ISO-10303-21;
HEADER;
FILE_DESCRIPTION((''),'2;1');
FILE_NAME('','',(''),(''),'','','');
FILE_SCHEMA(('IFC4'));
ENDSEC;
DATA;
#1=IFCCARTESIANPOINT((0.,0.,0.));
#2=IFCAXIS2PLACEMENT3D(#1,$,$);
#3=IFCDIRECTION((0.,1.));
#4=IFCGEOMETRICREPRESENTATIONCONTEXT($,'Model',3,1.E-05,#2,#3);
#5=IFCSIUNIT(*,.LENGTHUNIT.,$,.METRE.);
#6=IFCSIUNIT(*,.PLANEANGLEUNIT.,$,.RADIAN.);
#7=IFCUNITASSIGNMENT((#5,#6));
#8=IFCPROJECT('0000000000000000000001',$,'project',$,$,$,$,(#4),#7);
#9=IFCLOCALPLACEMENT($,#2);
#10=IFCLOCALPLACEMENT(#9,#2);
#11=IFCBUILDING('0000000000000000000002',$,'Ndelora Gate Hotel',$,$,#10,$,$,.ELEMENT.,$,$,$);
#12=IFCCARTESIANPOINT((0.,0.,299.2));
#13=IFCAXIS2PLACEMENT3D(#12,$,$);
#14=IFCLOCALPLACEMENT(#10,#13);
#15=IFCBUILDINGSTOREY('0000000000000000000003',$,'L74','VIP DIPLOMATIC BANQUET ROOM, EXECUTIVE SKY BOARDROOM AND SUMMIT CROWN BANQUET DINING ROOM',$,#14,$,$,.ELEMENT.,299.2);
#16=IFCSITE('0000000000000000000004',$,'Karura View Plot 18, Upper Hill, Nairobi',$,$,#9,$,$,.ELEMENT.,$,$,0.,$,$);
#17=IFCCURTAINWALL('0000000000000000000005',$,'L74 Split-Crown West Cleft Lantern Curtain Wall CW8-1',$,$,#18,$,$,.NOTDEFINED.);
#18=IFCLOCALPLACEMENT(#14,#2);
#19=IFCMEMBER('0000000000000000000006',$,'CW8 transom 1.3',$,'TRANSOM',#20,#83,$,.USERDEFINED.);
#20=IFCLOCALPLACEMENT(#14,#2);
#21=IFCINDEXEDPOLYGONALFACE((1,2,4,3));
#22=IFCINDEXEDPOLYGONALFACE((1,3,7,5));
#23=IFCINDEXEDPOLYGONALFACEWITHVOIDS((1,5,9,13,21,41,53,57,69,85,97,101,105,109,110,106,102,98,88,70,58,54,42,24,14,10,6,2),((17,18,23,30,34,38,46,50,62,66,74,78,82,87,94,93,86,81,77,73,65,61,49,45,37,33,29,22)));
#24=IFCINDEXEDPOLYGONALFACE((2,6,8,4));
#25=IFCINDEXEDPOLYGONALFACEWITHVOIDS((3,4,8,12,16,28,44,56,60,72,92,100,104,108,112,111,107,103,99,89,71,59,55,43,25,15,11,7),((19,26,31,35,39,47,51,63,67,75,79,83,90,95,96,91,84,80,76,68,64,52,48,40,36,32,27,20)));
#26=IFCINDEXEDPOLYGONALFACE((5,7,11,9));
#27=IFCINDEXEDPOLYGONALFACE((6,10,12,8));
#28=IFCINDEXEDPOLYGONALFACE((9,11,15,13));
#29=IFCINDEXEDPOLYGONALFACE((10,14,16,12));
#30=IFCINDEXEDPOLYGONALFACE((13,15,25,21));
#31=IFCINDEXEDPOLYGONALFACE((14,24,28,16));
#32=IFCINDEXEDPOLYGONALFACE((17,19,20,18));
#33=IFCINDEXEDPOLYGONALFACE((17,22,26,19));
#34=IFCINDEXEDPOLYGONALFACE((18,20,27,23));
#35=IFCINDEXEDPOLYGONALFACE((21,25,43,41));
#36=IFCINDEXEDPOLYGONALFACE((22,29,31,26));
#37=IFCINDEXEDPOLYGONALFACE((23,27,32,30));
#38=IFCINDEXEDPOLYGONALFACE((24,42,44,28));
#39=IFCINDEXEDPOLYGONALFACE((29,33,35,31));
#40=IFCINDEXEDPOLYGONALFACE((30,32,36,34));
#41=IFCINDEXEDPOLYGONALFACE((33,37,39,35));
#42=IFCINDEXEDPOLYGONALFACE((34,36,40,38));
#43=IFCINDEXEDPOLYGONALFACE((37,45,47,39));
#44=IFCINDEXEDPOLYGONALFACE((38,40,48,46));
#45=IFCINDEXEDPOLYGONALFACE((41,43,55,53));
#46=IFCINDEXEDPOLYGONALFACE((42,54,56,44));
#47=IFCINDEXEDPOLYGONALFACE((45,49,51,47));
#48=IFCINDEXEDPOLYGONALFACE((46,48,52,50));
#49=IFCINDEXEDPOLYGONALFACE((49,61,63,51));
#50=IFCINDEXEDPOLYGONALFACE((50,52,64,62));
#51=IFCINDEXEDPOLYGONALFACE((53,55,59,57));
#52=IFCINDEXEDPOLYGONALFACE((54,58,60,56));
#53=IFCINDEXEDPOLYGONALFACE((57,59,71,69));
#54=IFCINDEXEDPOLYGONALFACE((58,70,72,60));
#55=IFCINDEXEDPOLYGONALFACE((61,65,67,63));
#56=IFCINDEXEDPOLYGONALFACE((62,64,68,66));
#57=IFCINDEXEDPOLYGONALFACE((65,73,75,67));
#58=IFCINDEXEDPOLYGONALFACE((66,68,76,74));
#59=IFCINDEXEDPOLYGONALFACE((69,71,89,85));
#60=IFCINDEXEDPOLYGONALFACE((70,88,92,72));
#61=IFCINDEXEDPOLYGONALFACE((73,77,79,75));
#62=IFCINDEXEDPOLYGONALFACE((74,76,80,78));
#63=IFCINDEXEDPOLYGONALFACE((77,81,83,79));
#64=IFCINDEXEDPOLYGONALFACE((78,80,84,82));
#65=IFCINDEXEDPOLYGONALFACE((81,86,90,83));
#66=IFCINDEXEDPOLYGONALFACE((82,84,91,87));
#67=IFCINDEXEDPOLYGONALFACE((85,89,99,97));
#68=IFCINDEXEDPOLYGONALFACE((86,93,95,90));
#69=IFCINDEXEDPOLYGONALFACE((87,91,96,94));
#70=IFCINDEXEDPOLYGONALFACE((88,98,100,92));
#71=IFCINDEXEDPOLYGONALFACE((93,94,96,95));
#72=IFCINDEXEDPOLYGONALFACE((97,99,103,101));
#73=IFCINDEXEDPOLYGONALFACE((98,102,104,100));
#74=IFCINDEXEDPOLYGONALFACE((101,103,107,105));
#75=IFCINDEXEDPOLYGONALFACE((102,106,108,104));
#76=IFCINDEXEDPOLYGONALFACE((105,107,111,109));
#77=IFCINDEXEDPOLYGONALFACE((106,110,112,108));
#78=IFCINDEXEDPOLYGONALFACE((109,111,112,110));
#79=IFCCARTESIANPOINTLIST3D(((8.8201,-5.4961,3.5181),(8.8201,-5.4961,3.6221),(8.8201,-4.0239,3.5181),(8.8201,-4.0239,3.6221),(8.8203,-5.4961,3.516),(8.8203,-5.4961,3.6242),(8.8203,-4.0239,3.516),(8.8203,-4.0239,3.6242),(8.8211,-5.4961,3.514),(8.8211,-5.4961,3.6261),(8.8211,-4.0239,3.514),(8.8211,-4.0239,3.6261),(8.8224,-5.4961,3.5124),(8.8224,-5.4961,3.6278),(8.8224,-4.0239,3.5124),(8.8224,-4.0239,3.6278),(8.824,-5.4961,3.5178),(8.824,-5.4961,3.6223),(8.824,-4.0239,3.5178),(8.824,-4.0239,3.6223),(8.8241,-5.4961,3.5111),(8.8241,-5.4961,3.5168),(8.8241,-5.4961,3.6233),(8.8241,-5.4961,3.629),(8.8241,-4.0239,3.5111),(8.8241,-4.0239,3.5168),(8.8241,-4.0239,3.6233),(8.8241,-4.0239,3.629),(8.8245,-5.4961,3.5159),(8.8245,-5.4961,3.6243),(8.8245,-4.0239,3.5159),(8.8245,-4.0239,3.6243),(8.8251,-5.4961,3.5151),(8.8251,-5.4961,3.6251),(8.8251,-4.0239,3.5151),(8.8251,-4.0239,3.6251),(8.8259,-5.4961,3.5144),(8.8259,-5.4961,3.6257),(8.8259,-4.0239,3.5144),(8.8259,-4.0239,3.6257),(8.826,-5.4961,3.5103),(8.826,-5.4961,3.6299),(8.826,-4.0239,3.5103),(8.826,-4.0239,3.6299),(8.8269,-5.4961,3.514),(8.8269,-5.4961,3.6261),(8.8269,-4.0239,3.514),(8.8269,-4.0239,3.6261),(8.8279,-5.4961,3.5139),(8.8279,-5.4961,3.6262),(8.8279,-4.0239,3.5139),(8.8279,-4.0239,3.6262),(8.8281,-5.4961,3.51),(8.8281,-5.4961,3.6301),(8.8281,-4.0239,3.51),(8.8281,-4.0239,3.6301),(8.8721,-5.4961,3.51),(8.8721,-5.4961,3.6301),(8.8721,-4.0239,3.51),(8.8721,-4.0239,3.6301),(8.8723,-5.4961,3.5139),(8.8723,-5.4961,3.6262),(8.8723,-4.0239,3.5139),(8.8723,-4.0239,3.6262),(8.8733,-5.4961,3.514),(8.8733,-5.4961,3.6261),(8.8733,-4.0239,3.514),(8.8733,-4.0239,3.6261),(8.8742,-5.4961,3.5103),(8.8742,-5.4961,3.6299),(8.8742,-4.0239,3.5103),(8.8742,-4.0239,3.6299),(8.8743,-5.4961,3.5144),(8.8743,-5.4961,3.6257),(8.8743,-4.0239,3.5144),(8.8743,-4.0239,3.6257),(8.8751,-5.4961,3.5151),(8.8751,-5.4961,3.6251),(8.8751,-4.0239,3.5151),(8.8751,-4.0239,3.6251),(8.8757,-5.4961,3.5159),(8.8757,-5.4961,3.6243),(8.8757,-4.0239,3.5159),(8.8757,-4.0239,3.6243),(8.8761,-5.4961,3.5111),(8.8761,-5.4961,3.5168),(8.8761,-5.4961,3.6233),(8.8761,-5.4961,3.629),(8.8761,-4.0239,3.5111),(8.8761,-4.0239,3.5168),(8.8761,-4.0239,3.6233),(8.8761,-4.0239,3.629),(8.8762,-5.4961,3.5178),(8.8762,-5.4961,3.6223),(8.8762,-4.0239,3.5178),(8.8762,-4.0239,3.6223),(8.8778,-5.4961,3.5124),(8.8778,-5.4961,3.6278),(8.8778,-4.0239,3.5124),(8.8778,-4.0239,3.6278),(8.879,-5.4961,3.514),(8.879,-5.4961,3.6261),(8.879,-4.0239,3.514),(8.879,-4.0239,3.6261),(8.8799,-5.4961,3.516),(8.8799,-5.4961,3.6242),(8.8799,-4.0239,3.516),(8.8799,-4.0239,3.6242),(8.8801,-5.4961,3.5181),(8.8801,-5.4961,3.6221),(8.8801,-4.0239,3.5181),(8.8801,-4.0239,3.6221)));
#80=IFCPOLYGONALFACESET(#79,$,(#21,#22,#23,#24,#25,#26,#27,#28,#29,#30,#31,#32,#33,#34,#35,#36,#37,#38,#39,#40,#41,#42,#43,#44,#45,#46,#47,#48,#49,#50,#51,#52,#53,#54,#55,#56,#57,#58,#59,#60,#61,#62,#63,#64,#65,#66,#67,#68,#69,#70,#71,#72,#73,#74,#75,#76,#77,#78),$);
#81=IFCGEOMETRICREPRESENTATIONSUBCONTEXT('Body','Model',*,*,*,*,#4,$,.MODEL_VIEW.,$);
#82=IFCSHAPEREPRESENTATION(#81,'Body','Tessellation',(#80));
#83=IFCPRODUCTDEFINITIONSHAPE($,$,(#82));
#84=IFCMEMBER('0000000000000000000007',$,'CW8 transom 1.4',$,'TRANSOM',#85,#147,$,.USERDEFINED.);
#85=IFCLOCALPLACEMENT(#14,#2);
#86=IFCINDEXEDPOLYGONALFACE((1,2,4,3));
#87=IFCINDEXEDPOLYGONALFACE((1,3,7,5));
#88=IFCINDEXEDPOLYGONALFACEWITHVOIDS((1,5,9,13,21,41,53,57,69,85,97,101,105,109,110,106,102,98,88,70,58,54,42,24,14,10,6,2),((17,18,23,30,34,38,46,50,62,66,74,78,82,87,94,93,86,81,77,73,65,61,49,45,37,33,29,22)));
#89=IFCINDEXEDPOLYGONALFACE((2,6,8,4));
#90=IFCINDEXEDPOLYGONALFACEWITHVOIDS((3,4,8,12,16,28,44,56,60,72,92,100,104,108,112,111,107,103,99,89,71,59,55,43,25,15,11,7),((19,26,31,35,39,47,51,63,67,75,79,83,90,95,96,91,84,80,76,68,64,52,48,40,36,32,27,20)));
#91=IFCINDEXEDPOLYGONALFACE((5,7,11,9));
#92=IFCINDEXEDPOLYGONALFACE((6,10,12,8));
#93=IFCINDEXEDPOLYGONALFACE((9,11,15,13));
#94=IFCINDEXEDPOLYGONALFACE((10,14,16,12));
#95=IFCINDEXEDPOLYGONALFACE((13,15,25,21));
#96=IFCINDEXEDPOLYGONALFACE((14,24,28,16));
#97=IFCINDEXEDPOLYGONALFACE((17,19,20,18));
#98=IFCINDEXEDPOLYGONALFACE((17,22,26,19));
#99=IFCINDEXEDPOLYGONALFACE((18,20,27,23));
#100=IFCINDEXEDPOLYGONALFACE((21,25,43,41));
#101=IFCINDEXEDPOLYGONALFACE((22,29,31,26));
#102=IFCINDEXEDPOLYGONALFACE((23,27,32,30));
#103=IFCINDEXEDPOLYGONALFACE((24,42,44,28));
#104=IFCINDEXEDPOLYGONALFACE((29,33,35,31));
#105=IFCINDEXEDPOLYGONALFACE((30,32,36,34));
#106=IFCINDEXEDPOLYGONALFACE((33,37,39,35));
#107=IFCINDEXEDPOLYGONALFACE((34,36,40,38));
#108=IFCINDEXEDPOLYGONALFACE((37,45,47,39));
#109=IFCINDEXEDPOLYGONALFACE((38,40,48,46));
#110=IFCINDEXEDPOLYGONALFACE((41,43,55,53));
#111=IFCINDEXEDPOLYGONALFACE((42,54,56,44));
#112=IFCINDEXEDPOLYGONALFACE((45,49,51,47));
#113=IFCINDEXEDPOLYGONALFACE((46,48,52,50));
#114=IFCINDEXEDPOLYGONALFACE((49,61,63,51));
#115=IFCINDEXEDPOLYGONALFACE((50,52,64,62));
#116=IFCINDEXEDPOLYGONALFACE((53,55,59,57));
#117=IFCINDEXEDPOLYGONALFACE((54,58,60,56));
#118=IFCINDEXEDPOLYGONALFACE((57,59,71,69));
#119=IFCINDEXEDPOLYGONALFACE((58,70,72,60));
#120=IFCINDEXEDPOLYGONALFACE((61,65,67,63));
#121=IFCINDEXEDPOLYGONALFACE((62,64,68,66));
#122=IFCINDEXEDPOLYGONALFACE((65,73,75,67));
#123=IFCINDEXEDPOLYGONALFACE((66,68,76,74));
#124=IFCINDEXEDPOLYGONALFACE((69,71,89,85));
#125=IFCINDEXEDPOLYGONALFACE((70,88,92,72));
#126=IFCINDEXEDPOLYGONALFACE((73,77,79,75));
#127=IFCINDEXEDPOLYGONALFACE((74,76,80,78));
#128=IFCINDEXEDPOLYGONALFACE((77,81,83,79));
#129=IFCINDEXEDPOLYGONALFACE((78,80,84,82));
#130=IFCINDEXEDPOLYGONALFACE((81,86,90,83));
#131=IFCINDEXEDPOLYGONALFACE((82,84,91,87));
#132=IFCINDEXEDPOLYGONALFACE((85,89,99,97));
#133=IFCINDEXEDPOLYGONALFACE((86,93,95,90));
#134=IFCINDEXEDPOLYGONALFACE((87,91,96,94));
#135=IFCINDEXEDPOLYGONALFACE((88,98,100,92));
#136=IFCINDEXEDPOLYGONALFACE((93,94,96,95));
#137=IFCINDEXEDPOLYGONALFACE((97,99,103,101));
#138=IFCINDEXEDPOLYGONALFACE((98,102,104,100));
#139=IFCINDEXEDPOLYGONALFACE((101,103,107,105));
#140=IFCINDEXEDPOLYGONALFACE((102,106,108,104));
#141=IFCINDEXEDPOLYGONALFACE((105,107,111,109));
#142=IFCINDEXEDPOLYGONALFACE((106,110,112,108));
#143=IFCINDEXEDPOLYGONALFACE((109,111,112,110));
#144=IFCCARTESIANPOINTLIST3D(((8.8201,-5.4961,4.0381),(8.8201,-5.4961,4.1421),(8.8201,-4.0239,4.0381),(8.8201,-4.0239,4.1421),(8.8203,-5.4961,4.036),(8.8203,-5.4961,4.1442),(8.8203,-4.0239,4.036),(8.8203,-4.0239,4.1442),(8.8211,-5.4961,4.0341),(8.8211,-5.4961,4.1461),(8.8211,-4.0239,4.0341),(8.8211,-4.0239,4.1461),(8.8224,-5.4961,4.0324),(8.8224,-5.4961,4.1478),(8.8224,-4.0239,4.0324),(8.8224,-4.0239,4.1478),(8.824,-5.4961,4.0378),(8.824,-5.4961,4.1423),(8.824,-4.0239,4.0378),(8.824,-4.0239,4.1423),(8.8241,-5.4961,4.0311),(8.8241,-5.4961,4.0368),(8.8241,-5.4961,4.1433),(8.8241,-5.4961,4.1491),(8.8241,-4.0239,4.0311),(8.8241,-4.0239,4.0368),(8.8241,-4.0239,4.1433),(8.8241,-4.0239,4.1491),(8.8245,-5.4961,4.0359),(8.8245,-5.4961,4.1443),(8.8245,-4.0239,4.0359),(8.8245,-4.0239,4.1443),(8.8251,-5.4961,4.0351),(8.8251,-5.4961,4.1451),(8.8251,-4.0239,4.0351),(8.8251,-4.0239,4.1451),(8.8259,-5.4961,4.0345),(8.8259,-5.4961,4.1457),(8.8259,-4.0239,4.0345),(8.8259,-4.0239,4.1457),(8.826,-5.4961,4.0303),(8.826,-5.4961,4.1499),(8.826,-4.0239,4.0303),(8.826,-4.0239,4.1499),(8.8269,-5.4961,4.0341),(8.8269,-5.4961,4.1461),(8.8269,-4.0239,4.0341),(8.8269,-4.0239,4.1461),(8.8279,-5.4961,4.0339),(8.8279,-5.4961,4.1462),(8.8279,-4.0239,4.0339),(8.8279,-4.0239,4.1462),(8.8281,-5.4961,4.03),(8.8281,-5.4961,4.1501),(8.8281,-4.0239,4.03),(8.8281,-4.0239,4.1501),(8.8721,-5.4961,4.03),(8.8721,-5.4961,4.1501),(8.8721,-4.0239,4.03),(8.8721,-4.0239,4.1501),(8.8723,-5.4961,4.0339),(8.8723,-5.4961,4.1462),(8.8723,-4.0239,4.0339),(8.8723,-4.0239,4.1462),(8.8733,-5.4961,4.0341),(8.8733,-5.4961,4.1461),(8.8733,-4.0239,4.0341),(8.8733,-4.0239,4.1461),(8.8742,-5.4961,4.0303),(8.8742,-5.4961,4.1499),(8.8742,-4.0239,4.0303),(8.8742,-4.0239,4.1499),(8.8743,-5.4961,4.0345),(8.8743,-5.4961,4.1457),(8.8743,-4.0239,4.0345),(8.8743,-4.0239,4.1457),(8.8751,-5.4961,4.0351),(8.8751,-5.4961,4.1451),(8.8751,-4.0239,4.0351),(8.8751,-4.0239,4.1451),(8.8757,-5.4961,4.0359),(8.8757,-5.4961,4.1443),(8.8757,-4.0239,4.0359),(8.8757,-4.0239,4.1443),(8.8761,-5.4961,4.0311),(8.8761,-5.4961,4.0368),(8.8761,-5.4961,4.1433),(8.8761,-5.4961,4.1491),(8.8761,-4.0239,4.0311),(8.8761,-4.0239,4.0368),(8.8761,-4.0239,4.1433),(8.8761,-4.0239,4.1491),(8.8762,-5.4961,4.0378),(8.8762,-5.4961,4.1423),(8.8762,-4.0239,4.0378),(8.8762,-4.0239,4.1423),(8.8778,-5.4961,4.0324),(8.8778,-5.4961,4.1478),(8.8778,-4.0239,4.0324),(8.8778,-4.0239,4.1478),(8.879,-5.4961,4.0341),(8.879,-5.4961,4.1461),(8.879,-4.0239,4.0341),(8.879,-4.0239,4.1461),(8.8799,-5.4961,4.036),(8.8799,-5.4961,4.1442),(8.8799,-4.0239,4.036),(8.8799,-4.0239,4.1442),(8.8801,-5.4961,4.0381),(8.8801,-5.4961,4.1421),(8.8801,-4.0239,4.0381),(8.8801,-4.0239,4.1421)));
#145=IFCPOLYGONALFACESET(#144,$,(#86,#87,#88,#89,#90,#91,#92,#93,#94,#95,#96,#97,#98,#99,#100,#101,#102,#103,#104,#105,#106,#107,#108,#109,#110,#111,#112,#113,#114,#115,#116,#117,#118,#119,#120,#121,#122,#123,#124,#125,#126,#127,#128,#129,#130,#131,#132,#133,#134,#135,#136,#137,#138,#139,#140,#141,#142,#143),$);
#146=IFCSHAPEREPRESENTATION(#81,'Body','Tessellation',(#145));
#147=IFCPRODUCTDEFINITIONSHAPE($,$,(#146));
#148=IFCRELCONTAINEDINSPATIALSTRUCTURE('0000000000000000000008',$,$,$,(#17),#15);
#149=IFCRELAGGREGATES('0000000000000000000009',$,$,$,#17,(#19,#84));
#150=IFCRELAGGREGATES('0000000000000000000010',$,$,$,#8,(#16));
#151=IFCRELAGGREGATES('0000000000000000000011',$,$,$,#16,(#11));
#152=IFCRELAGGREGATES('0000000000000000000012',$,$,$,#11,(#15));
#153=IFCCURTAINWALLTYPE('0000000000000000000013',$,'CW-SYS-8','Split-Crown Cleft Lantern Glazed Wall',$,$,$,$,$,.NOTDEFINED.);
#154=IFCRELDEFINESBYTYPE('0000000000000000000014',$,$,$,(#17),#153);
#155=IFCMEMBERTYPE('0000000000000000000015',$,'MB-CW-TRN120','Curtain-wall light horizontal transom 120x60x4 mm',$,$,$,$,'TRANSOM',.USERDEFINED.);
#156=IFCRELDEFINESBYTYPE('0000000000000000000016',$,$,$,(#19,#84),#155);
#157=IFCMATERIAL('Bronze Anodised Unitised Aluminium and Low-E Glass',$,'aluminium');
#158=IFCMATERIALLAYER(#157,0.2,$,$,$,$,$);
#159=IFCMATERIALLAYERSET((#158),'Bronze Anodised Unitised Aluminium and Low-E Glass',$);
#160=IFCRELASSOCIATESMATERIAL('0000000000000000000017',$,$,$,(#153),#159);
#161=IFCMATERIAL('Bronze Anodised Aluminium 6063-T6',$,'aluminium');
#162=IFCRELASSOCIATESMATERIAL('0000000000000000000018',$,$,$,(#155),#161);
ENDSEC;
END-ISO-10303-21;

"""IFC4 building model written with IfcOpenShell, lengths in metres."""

from ifc_helpers import new_model, si_unit, direction, frame, origin, origin_2d, place, context, subcontext, project, spatial, hollow_rectangle, extrude, material, layer, layer_set, material_profile, profile_set, type_object, element, aggregate, save


model = new_model("IFC4")

# Units and contexts
model_context = context("Model", 3, precision=1e-05, world=origin(), true_north=direction((0.0, 1.0)))
body_context = subcontext(model_context, "Body", "Model", "MODEL_VIEW")
ifc_project = project(units=[si_unit("LENGTHUNIT", "METRE"), si_unit("PLANEANGLEUNIT", "RADIAN")], contexts=[model_context])

# Site, building, storey
site_placement = place(None, origin())
site = spatial("IfcSite", under=ifc_project, at=site_placement, Name="Karura View Plot 18, Upper Hill, Nairobi", CompositionType="ELEMENT", RefElevation=0.0)
building_placement = place(site_placement, origin())
building = spatial("IfcBuilding", under=site, at=building_placement, Name="Ndelora Gate Hotel", CompositionType="ELEMENT")
storey_placement = place(building_placement, frame((0.0, 0.0, 299.2)))
storey = spatial("IfcBuildingStorey", under=building, at=storey_placement, Name="L74", Description="VIP DIPLOMATIC BANQUET ROOM, EXECUTIVE SKY BOARDROOM AND SUMMIT CROWN BANQUET DINING ROOM", CompositionType="ELEMENT", Elevation=299.2)

# Curtain wall, members
ifc_material_1 = material(Name="Bronze Anodised Unitised Aluminium and Low-E Glass", Category="aluminium")
ifc_layer_1 = layer(ifc_material_1, 0.2)
ifc_layer_set_1 = layer_set([ifc_layer_1], Name="Bronze Anodised Unitised Aluminium and Low-E Glass")
curtain_wall_type = type_object("IfcCurtainWallType", Name="CW-SYS-8", Description="Split-Crown Cleft Lantern Glazed Wall", PredefinedType="NOTDEFINED", material=ifc_layer_set_1)
curtain_wall_placement = place(storey_placement, origin())
curtain_wall = element("IfcCurtainWall", 1, at=curtain_wall_placement, inside=storey, type_object=curtain_wall_type, Name="L74 Split-Crown West Cleft Lantern Curtain Wall CW8-1", PredefinedType="NOTDEFINED")
ifc_material_2 = material(Name="Bronze Anodised Aluminium 6063-T6", Category="aluminium")
ifc_material_profile_1 = material_profile(ifc_material_2, hollow_rectangle(XDim=0.0601, YDim=0.1201, WallThickness=0.0039, InnerFilletRadius=0.0039, OuterFilletRadius=0.0081, at=origin_2d()), Name="ALU 120x60x4")
ifc_profile_set_1 = profile_set([ifc_material_profile_1], Name="Bronze Anodised Aluminium 6063-T6")
member_type_1 = type_object("IfcMemberType", Name="MB-CW-TRN120", Description="Curtain-wall light horizontal transom 120x60x4 mm", ElementType="TRANSOM", PredefinedType="USERDEFINED", material=ifc_profile_set_1)
member_1_placement = place(storey_placement, frame((8.8501, -5.4961, 3.5701), z_axis=(0.0, 1.0, 0.0), x_axis=(-1.0, 0.0, 0.0)))
member_1 = element("IfcMember", 2, at=member_1_placement, type_object=member_type_1, Name="CW8 transom 1.3", ObjectType="TRANSOM", PredefinedType="USERDEFINED", context=body_context, shape_type="SweptSolid", body=[
    extrude(hollow_rectangle(XDim=0.0601, YDim=0.1201, WallThickness=0.0039, InnerFilletRadius=0.0039, OuterFilletRadius=0.0081, at=origin_2d()), origin(), (0.0, 0.0, 1.0), 1.4722),
])
member_2_placement = place(storey_placement, frame((8.8501, -5.4961, 4.0901), z_axis=(0.0, 1.0, 0.0), x_axis=(-1.0, 0.0, 0.0)))
member_2 = element("IfcMember", 3, at=member_2_placement, type_object=member_type_1, Name="CW8 transom 1.4", ObjectType="TRANSOM", PredefinedType="USERDEFINED", context=body_context, shape_type="SweptSolid", body=[
    extrude(hollow_rectangle(XDim=0.0601, YDim=0.1201, WallThickness=0.0039, InnerFilletRadius=0.0039, OuterFilletRadius=0.0081, at=origin_2d()), origin(), (0.0, 0.0, 1.0), 1.4722),
])
aggregate(curtain_wall, [member_1, member_2])

save(model, "model.ifc")
